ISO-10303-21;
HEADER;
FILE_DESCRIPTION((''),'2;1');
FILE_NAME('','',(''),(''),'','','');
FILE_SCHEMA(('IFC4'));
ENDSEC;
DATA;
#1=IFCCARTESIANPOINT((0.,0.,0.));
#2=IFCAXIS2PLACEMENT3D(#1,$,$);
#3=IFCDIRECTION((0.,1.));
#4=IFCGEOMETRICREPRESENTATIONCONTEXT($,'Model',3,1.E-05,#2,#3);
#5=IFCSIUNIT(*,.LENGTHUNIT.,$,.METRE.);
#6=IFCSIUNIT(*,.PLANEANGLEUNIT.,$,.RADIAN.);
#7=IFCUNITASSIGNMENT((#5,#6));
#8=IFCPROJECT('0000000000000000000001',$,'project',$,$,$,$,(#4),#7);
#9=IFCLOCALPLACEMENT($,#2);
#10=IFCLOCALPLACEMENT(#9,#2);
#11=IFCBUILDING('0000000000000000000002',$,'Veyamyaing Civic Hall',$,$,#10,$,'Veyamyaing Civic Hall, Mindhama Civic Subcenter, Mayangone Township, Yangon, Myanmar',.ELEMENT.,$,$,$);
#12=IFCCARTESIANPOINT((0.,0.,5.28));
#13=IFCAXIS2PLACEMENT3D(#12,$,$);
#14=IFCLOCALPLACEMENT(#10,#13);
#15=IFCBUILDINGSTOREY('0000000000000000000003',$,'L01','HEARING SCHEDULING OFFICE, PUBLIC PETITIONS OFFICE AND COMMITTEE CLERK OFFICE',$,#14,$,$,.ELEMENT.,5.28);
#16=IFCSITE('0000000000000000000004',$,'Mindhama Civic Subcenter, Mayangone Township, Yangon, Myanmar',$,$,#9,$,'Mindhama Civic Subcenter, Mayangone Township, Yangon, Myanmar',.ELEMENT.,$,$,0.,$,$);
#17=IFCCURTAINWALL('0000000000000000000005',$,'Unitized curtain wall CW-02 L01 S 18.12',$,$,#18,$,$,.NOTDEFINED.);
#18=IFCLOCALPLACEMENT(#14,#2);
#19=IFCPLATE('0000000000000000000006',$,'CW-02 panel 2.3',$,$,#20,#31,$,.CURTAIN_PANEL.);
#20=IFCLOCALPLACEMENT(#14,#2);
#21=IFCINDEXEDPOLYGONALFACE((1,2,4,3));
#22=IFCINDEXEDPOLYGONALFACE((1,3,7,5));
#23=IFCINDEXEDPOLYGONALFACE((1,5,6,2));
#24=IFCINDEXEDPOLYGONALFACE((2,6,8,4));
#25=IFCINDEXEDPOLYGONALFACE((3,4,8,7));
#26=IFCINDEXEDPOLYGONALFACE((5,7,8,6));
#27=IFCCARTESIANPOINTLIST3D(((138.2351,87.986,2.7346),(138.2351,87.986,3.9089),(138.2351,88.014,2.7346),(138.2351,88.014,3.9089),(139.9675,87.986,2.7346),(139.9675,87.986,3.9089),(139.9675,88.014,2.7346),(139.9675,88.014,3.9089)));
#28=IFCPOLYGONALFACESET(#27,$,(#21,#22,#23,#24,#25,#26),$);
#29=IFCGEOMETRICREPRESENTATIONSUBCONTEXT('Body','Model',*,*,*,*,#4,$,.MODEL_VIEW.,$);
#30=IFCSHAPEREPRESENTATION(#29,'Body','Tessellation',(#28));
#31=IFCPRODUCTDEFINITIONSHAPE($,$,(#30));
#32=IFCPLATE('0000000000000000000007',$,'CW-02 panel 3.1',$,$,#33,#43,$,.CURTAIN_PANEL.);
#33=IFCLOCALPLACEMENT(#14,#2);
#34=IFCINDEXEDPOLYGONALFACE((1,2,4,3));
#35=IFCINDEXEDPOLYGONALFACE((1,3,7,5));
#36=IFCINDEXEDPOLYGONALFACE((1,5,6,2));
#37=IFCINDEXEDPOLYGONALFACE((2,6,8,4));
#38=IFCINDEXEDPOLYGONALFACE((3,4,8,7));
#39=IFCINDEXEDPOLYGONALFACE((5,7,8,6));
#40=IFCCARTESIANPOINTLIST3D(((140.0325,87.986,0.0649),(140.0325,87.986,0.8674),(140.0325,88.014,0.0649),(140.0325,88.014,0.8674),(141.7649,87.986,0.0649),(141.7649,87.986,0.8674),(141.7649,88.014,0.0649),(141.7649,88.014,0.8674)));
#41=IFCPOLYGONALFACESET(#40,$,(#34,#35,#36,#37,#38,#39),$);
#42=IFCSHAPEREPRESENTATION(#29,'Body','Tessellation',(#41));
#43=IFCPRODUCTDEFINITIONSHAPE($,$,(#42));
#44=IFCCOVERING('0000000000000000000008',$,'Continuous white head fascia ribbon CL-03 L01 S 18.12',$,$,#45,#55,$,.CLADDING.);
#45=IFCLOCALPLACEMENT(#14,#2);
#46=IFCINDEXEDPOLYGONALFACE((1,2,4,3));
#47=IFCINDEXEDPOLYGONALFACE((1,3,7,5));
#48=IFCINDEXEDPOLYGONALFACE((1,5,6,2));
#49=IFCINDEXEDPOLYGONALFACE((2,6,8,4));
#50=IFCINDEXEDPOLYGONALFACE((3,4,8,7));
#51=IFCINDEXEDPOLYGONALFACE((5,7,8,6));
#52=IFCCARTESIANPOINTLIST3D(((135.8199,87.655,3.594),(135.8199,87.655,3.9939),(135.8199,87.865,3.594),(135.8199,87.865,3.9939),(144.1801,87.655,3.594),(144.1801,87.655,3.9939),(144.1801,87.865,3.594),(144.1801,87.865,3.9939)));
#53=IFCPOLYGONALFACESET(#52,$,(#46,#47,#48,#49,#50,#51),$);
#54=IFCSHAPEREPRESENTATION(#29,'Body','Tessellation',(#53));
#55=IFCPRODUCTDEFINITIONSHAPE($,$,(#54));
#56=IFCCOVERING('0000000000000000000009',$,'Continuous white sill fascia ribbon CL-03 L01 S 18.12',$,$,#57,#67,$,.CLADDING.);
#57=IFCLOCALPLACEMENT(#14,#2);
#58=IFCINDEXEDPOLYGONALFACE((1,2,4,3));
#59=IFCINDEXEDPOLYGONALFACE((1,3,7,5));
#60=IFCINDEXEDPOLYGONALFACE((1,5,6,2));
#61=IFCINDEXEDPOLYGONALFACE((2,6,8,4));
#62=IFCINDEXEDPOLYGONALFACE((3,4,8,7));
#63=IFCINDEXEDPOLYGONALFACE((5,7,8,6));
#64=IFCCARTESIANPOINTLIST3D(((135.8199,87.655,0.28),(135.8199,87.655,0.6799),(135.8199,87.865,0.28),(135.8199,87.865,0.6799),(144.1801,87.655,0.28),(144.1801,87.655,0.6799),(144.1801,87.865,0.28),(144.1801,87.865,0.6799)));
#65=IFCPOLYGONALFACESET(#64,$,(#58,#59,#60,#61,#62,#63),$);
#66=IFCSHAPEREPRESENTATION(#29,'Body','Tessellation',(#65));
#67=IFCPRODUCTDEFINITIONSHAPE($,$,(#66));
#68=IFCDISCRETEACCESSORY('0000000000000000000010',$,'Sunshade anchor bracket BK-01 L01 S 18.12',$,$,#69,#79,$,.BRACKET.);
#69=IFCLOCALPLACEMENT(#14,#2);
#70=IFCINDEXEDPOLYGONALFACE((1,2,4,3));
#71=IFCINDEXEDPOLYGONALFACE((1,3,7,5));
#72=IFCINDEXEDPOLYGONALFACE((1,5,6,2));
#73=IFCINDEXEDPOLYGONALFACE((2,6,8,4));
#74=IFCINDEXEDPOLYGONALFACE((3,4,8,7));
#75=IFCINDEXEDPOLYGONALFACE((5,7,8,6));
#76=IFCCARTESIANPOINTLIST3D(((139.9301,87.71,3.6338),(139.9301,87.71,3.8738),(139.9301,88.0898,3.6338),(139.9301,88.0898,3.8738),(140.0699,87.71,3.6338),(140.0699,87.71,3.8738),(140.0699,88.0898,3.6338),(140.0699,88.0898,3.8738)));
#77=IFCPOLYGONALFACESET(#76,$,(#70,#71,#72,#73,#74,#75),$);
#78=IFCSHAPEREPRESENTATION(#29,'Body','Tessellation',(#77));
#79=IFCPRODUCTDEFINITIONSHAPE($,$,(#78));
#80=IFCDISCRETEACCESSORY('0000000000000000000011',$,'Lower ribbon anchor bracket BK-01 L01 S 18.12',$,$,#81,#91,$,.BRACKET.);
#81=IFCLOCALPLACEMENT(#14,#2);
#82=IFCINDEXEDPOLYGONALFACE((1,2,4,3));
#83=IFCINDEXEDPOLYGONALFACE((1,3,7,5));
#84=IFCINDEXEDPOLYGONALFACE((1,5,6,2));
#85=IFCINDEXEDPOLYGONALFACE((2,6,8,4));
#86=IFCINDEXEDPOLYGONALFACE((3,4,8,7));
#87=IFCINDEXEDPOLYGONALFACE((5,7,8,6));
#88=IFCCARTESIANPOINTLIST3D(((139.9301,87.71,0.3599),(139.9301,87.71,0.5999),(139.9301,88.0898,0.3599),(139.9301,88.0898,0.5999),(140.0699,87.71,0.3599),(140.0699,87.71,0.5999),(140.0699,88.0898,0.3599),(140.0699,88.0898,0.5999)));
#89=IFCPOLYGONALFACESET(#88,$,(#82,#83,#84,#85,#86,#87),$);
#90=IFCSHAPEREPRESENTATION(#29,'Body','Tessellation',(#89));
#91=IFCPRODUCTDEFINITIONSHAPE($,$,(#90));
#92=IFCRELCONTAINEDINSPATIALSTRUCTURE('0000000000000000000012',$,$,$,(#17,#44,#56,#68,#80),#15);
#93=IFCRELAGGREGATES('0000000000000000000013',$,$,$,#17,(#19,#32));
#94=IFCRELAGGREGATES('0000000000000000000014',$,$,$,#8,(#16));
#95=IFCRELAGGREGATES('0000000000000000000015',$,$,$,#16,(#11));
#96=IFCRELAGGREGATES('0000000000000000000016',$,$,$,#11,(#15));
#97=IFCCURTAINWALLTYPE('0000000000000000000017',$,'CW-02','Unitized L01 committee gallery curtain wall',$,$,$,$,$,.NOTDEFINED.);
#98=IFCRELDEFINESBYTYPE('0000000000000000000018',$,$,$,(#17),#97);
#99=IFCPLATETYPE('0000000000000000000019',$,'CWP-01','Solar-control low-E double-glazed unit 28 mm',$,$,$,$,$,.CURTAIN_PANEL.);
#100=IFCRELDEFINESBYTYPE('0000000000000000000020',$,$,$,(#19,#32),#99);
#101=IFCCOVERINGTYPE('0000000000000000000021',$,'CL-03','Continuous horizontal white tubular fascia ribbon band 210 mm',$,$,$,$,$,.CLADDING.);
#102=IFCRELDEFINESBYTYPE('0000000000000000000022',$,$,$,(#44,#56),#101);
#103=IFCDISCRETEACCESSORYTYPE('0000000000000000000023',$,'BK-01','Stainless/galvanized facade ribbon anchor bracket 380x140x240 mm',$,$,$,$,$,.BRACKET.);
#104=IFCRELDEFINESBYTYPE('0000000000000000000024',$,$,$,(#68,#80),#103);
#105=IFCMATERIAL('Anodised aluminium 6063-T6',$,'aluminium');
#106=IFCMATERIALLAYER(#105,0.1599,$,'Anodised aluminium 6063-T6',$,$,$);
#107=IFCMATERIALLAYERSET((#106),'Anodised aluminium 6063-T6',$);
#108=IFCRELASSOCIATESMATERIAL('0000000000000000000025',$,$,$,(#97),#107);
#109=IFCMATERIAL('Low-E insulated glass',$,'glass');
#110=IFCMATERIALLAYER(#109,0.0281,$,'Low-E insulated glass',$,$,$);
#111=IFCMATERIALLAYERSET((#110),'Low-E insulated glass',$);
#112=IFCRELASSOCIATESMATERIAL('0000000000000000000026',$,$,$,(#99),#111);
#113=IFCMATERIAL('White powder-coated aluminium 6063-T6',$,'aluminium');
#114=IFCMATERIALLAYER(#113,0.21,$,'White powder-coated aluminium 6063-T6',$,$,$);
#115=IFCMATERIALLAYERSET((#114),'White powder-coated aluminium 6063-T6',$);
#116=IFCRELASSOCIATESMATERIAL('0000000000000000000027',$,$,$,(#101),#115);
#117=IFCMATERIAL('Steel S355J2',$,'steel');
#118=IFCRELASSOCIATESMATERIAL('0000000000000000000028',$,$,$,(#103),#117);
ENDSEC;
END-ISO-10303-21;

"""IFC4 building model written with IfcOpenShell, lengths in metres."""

from ifc_helpers import new_model, si_unit, direction, frame, origin, origin_2d, place, context, subcontext, project, spatial, rectangle, extrude, material, layer, layer_set, type_object, element, aggregate, save


model = new_model("IFC4")

# Units and contexts
model_context = context("Model", 3, precision=1e-05, world=origin(), true_north=direction((0.0, 1.0)))
body_context = subcontext(model_context, "Body", "Model", "MODEL_VIEW")
ifc_project = project(units=[si_unit("LENGTHUNIT", "METRE"), si_unit("PLANEANGLEUNIT", "RADIAN")], contexts=[model_context])

# Site, building, storey
site_placement = place(None, origin())
site = spatial("IfcSite", under=ifc_project, at=site_placement, Name="Mindhama Civic Subcenter, Mayangone Township, Yangon, Myanmar", LongName="Mindhama Civic Subcenter, Mayangone Township, Yangon, Myanmar", CompositionType="ELEMENT", RefElevation=0.0)
building_placement = place(site_placement, origin())
building = spatial("IfcBuilding", under=site, at=building_placement, Name="Veyamyaing Civic Hall", LongName="Veyamyaing Civic Hall, Mindhama Civic Subcenter, Mayangone Township, Yangon, Myanmar", CompositionType="ELEMENT")
storey_placement = place(building_placement, frame((0.0, 0.0, 5.28)))
storey = spatial("IfcBuildingStorey", under=building, at=storey_placement, Name="L01", Description="HEARING SCHEDULING OFFICE, PUBLIC PETITIONS OFFICE AND COMMITTEE CLERK OFFICE", CompositionType="ELEMENT", Elevation=5.28)

# Curtain wall, plates
ifc_material_1 = material(Name="Anodised aluminium 6063-T6", Category="aluminium")
ifc_layer_1 = layer(ifc_material_1, 0.1599, Name="Anodised aluminium 6063-T6")
ifc_layer_set_1 = layer_set([ifc_layer_1], Name="Anodised aluminium 6063-T6")
curtain_wall_type = type_object("IfcCurtainWallType", Name="CW-02", Description="Unitized L01 committee gallery curtain wall", PredefinedType="NOTDEFINED", material=ifc_layer_set_1)
curtain_wall_placement = place(storey_placement, origin())
curtain_wall = element("IfcCurtainWall", 1, at=curtain_wall_placement, inside=storey, type_object=curtain_wall_type, Name="Unitized curtain wall CW-02 L01 S 18.12", PredefinedType="NOTDEFINED")
ifc_material_2 = material(Name="Low-E insulated glass", Category="glass")
ifc_layer_2 = layer(ifc_material_2, 0.0281, Name="Low-E insulated glass")
ifc_layer_set_2 = layer_set([ifc_layer_2], Name="Low-E insulated glass")
plate_type = type_object("IfcPlateType", Name="CWP-01", Description="Solar-control low-E double-glazed unit 28 mm", PredefinedType="CURTAIN_PANEL", material=ifc_layer_set_2)
plate_1_placement = place(storey_placement, frame((139.1013, 88.0, 2.7346), z_axis=(0.0, 0.0, 1.0), x_axis=(1.0, 0.0, 0.0)))
plate_1 = element("IfcPlate", 2, at=plate_1_placement, type_object=plate_type, Name="CW-02 panel 2.3", PredefinedType="CURTAIN_PANEL", context=body_context, shape_type="SweptSolid", body=[
    extrude(rectangle(XDim=1.7324, YDim=0.0281, at=origin_2d()), origin(), (0.0, 0.0, 1.0), 1.1743),
])
plate_2_placement = place(storey_placement, frame((140.8987, 88.0, 0.0649), z_axis=(0.0, 0.0, 1.0), x_axis=(1.0, 0.0, 0.0)))
plate_2 = element("IfcPlate", 3, at=plate_2_placement, type_object=plate_type, Name="CW-02 panel 3.1", PredefinedType="CURTAIN_PANEL", context=body_context, shape_type="SweptSolid", body=[
    extrude(rectangle(XDim=1.7324, YDim=0.0281, at=origin_2d()), origin(), (0.0, 0.0, 1.0), 0.8025),
])
aggregate(curtain_wall, [plate_1, plate_2])

# Coverings
ifc_material_3 = material(Name="White powder-coated aluminium 6063-T6", Category="aluminium")
ifc_layer_3 = layer(ifc_material_3, 0.21, Name="White powder-coated aluminium 6063-T6")
ifc_layer_set_3 = layer_set([ifc_layer_3], Name="White powder-coated aluminium 6063-T6")
covering_type = type_object("IfcCoveringType", Name="CL-03", Description="Continuous horizontal white tubular fascia ribbon band 210 mm", PredefinedType="CLADDING", material=ifc_layer_set_3)
for number, where, z_axis, x_axis, name in (
    (4, (140.0, 87.76, 3.594), (0.0, 0.0, 1.0), (1.0, 0.0, 0.0), "Continuous white head fascia ribbon CL-03 L01 S 18.12"),
    (5, (140.0, 87.76, 0.28), (0.0, 0.0, 1.0), (1.0, 0.0, 0.0), "Continuous white sill fascia ribbon CL-03 L01 S 18.12"),
):
    element("IfcCovering", number, at=place(storey_placement, frame(where, z_axis=z_axis, x_axis=x_axis)), inside=storey, type_object=covering_type, Name=name, PredefinedType="CLADDING", context=body_context, shape_type="SweptSolid", body=[
        extrude(rectangle(XDim=8.3601, YDim=0.21, at=origin_2d()), origin(), (0.0, 0.0, 1.0), 0.3999),
    ])

# Discrete accessories
ifc_material_4 = material(Name="Steel S355J2", Category="steel")
discrete_accessory_type = type_object("IfcDiscreteAccessoryType", Name="BK-01", Description="Stainless/galvanized facade ribbon anchor bracket 380x140x240 mm", PredefinedType="BRACKET", material=ifc_material_4)
for number, where, z_axis, x_axis, name in (
    (6, (140.0, 87.8999, 3.6338), (0.0, 0.0, 1.0), (0.0, -1.0, 0.0), "Sunshade anchor bracket BK-01 L01 S 18.12"),
    (7, (140.0, 87.8999, 0.3599), (0.0, 0.0, 1.0), (0.0, -1.0, 0.0), "Lower ribbon anchor bracket BK-01 L01 S 18.12"),
):
    element("IfcDiscreteAccessory", number, at=place(storey_placement, frame(where, z_axis=z_axis, x_axis=x_axis)), inside=storey, type_object=discrete_accessory_type, Name=name, PredefinedType="BRACKET", context=body_context, shape_type="SweptSolid", body=[
        extrude(rectangle(XDim=0.3799, YDim=0.1399, at=origin_2d()), origin(), (0.0, 0.0, 1.0), 0.24),
    ])

save(model, "model.ifc")
